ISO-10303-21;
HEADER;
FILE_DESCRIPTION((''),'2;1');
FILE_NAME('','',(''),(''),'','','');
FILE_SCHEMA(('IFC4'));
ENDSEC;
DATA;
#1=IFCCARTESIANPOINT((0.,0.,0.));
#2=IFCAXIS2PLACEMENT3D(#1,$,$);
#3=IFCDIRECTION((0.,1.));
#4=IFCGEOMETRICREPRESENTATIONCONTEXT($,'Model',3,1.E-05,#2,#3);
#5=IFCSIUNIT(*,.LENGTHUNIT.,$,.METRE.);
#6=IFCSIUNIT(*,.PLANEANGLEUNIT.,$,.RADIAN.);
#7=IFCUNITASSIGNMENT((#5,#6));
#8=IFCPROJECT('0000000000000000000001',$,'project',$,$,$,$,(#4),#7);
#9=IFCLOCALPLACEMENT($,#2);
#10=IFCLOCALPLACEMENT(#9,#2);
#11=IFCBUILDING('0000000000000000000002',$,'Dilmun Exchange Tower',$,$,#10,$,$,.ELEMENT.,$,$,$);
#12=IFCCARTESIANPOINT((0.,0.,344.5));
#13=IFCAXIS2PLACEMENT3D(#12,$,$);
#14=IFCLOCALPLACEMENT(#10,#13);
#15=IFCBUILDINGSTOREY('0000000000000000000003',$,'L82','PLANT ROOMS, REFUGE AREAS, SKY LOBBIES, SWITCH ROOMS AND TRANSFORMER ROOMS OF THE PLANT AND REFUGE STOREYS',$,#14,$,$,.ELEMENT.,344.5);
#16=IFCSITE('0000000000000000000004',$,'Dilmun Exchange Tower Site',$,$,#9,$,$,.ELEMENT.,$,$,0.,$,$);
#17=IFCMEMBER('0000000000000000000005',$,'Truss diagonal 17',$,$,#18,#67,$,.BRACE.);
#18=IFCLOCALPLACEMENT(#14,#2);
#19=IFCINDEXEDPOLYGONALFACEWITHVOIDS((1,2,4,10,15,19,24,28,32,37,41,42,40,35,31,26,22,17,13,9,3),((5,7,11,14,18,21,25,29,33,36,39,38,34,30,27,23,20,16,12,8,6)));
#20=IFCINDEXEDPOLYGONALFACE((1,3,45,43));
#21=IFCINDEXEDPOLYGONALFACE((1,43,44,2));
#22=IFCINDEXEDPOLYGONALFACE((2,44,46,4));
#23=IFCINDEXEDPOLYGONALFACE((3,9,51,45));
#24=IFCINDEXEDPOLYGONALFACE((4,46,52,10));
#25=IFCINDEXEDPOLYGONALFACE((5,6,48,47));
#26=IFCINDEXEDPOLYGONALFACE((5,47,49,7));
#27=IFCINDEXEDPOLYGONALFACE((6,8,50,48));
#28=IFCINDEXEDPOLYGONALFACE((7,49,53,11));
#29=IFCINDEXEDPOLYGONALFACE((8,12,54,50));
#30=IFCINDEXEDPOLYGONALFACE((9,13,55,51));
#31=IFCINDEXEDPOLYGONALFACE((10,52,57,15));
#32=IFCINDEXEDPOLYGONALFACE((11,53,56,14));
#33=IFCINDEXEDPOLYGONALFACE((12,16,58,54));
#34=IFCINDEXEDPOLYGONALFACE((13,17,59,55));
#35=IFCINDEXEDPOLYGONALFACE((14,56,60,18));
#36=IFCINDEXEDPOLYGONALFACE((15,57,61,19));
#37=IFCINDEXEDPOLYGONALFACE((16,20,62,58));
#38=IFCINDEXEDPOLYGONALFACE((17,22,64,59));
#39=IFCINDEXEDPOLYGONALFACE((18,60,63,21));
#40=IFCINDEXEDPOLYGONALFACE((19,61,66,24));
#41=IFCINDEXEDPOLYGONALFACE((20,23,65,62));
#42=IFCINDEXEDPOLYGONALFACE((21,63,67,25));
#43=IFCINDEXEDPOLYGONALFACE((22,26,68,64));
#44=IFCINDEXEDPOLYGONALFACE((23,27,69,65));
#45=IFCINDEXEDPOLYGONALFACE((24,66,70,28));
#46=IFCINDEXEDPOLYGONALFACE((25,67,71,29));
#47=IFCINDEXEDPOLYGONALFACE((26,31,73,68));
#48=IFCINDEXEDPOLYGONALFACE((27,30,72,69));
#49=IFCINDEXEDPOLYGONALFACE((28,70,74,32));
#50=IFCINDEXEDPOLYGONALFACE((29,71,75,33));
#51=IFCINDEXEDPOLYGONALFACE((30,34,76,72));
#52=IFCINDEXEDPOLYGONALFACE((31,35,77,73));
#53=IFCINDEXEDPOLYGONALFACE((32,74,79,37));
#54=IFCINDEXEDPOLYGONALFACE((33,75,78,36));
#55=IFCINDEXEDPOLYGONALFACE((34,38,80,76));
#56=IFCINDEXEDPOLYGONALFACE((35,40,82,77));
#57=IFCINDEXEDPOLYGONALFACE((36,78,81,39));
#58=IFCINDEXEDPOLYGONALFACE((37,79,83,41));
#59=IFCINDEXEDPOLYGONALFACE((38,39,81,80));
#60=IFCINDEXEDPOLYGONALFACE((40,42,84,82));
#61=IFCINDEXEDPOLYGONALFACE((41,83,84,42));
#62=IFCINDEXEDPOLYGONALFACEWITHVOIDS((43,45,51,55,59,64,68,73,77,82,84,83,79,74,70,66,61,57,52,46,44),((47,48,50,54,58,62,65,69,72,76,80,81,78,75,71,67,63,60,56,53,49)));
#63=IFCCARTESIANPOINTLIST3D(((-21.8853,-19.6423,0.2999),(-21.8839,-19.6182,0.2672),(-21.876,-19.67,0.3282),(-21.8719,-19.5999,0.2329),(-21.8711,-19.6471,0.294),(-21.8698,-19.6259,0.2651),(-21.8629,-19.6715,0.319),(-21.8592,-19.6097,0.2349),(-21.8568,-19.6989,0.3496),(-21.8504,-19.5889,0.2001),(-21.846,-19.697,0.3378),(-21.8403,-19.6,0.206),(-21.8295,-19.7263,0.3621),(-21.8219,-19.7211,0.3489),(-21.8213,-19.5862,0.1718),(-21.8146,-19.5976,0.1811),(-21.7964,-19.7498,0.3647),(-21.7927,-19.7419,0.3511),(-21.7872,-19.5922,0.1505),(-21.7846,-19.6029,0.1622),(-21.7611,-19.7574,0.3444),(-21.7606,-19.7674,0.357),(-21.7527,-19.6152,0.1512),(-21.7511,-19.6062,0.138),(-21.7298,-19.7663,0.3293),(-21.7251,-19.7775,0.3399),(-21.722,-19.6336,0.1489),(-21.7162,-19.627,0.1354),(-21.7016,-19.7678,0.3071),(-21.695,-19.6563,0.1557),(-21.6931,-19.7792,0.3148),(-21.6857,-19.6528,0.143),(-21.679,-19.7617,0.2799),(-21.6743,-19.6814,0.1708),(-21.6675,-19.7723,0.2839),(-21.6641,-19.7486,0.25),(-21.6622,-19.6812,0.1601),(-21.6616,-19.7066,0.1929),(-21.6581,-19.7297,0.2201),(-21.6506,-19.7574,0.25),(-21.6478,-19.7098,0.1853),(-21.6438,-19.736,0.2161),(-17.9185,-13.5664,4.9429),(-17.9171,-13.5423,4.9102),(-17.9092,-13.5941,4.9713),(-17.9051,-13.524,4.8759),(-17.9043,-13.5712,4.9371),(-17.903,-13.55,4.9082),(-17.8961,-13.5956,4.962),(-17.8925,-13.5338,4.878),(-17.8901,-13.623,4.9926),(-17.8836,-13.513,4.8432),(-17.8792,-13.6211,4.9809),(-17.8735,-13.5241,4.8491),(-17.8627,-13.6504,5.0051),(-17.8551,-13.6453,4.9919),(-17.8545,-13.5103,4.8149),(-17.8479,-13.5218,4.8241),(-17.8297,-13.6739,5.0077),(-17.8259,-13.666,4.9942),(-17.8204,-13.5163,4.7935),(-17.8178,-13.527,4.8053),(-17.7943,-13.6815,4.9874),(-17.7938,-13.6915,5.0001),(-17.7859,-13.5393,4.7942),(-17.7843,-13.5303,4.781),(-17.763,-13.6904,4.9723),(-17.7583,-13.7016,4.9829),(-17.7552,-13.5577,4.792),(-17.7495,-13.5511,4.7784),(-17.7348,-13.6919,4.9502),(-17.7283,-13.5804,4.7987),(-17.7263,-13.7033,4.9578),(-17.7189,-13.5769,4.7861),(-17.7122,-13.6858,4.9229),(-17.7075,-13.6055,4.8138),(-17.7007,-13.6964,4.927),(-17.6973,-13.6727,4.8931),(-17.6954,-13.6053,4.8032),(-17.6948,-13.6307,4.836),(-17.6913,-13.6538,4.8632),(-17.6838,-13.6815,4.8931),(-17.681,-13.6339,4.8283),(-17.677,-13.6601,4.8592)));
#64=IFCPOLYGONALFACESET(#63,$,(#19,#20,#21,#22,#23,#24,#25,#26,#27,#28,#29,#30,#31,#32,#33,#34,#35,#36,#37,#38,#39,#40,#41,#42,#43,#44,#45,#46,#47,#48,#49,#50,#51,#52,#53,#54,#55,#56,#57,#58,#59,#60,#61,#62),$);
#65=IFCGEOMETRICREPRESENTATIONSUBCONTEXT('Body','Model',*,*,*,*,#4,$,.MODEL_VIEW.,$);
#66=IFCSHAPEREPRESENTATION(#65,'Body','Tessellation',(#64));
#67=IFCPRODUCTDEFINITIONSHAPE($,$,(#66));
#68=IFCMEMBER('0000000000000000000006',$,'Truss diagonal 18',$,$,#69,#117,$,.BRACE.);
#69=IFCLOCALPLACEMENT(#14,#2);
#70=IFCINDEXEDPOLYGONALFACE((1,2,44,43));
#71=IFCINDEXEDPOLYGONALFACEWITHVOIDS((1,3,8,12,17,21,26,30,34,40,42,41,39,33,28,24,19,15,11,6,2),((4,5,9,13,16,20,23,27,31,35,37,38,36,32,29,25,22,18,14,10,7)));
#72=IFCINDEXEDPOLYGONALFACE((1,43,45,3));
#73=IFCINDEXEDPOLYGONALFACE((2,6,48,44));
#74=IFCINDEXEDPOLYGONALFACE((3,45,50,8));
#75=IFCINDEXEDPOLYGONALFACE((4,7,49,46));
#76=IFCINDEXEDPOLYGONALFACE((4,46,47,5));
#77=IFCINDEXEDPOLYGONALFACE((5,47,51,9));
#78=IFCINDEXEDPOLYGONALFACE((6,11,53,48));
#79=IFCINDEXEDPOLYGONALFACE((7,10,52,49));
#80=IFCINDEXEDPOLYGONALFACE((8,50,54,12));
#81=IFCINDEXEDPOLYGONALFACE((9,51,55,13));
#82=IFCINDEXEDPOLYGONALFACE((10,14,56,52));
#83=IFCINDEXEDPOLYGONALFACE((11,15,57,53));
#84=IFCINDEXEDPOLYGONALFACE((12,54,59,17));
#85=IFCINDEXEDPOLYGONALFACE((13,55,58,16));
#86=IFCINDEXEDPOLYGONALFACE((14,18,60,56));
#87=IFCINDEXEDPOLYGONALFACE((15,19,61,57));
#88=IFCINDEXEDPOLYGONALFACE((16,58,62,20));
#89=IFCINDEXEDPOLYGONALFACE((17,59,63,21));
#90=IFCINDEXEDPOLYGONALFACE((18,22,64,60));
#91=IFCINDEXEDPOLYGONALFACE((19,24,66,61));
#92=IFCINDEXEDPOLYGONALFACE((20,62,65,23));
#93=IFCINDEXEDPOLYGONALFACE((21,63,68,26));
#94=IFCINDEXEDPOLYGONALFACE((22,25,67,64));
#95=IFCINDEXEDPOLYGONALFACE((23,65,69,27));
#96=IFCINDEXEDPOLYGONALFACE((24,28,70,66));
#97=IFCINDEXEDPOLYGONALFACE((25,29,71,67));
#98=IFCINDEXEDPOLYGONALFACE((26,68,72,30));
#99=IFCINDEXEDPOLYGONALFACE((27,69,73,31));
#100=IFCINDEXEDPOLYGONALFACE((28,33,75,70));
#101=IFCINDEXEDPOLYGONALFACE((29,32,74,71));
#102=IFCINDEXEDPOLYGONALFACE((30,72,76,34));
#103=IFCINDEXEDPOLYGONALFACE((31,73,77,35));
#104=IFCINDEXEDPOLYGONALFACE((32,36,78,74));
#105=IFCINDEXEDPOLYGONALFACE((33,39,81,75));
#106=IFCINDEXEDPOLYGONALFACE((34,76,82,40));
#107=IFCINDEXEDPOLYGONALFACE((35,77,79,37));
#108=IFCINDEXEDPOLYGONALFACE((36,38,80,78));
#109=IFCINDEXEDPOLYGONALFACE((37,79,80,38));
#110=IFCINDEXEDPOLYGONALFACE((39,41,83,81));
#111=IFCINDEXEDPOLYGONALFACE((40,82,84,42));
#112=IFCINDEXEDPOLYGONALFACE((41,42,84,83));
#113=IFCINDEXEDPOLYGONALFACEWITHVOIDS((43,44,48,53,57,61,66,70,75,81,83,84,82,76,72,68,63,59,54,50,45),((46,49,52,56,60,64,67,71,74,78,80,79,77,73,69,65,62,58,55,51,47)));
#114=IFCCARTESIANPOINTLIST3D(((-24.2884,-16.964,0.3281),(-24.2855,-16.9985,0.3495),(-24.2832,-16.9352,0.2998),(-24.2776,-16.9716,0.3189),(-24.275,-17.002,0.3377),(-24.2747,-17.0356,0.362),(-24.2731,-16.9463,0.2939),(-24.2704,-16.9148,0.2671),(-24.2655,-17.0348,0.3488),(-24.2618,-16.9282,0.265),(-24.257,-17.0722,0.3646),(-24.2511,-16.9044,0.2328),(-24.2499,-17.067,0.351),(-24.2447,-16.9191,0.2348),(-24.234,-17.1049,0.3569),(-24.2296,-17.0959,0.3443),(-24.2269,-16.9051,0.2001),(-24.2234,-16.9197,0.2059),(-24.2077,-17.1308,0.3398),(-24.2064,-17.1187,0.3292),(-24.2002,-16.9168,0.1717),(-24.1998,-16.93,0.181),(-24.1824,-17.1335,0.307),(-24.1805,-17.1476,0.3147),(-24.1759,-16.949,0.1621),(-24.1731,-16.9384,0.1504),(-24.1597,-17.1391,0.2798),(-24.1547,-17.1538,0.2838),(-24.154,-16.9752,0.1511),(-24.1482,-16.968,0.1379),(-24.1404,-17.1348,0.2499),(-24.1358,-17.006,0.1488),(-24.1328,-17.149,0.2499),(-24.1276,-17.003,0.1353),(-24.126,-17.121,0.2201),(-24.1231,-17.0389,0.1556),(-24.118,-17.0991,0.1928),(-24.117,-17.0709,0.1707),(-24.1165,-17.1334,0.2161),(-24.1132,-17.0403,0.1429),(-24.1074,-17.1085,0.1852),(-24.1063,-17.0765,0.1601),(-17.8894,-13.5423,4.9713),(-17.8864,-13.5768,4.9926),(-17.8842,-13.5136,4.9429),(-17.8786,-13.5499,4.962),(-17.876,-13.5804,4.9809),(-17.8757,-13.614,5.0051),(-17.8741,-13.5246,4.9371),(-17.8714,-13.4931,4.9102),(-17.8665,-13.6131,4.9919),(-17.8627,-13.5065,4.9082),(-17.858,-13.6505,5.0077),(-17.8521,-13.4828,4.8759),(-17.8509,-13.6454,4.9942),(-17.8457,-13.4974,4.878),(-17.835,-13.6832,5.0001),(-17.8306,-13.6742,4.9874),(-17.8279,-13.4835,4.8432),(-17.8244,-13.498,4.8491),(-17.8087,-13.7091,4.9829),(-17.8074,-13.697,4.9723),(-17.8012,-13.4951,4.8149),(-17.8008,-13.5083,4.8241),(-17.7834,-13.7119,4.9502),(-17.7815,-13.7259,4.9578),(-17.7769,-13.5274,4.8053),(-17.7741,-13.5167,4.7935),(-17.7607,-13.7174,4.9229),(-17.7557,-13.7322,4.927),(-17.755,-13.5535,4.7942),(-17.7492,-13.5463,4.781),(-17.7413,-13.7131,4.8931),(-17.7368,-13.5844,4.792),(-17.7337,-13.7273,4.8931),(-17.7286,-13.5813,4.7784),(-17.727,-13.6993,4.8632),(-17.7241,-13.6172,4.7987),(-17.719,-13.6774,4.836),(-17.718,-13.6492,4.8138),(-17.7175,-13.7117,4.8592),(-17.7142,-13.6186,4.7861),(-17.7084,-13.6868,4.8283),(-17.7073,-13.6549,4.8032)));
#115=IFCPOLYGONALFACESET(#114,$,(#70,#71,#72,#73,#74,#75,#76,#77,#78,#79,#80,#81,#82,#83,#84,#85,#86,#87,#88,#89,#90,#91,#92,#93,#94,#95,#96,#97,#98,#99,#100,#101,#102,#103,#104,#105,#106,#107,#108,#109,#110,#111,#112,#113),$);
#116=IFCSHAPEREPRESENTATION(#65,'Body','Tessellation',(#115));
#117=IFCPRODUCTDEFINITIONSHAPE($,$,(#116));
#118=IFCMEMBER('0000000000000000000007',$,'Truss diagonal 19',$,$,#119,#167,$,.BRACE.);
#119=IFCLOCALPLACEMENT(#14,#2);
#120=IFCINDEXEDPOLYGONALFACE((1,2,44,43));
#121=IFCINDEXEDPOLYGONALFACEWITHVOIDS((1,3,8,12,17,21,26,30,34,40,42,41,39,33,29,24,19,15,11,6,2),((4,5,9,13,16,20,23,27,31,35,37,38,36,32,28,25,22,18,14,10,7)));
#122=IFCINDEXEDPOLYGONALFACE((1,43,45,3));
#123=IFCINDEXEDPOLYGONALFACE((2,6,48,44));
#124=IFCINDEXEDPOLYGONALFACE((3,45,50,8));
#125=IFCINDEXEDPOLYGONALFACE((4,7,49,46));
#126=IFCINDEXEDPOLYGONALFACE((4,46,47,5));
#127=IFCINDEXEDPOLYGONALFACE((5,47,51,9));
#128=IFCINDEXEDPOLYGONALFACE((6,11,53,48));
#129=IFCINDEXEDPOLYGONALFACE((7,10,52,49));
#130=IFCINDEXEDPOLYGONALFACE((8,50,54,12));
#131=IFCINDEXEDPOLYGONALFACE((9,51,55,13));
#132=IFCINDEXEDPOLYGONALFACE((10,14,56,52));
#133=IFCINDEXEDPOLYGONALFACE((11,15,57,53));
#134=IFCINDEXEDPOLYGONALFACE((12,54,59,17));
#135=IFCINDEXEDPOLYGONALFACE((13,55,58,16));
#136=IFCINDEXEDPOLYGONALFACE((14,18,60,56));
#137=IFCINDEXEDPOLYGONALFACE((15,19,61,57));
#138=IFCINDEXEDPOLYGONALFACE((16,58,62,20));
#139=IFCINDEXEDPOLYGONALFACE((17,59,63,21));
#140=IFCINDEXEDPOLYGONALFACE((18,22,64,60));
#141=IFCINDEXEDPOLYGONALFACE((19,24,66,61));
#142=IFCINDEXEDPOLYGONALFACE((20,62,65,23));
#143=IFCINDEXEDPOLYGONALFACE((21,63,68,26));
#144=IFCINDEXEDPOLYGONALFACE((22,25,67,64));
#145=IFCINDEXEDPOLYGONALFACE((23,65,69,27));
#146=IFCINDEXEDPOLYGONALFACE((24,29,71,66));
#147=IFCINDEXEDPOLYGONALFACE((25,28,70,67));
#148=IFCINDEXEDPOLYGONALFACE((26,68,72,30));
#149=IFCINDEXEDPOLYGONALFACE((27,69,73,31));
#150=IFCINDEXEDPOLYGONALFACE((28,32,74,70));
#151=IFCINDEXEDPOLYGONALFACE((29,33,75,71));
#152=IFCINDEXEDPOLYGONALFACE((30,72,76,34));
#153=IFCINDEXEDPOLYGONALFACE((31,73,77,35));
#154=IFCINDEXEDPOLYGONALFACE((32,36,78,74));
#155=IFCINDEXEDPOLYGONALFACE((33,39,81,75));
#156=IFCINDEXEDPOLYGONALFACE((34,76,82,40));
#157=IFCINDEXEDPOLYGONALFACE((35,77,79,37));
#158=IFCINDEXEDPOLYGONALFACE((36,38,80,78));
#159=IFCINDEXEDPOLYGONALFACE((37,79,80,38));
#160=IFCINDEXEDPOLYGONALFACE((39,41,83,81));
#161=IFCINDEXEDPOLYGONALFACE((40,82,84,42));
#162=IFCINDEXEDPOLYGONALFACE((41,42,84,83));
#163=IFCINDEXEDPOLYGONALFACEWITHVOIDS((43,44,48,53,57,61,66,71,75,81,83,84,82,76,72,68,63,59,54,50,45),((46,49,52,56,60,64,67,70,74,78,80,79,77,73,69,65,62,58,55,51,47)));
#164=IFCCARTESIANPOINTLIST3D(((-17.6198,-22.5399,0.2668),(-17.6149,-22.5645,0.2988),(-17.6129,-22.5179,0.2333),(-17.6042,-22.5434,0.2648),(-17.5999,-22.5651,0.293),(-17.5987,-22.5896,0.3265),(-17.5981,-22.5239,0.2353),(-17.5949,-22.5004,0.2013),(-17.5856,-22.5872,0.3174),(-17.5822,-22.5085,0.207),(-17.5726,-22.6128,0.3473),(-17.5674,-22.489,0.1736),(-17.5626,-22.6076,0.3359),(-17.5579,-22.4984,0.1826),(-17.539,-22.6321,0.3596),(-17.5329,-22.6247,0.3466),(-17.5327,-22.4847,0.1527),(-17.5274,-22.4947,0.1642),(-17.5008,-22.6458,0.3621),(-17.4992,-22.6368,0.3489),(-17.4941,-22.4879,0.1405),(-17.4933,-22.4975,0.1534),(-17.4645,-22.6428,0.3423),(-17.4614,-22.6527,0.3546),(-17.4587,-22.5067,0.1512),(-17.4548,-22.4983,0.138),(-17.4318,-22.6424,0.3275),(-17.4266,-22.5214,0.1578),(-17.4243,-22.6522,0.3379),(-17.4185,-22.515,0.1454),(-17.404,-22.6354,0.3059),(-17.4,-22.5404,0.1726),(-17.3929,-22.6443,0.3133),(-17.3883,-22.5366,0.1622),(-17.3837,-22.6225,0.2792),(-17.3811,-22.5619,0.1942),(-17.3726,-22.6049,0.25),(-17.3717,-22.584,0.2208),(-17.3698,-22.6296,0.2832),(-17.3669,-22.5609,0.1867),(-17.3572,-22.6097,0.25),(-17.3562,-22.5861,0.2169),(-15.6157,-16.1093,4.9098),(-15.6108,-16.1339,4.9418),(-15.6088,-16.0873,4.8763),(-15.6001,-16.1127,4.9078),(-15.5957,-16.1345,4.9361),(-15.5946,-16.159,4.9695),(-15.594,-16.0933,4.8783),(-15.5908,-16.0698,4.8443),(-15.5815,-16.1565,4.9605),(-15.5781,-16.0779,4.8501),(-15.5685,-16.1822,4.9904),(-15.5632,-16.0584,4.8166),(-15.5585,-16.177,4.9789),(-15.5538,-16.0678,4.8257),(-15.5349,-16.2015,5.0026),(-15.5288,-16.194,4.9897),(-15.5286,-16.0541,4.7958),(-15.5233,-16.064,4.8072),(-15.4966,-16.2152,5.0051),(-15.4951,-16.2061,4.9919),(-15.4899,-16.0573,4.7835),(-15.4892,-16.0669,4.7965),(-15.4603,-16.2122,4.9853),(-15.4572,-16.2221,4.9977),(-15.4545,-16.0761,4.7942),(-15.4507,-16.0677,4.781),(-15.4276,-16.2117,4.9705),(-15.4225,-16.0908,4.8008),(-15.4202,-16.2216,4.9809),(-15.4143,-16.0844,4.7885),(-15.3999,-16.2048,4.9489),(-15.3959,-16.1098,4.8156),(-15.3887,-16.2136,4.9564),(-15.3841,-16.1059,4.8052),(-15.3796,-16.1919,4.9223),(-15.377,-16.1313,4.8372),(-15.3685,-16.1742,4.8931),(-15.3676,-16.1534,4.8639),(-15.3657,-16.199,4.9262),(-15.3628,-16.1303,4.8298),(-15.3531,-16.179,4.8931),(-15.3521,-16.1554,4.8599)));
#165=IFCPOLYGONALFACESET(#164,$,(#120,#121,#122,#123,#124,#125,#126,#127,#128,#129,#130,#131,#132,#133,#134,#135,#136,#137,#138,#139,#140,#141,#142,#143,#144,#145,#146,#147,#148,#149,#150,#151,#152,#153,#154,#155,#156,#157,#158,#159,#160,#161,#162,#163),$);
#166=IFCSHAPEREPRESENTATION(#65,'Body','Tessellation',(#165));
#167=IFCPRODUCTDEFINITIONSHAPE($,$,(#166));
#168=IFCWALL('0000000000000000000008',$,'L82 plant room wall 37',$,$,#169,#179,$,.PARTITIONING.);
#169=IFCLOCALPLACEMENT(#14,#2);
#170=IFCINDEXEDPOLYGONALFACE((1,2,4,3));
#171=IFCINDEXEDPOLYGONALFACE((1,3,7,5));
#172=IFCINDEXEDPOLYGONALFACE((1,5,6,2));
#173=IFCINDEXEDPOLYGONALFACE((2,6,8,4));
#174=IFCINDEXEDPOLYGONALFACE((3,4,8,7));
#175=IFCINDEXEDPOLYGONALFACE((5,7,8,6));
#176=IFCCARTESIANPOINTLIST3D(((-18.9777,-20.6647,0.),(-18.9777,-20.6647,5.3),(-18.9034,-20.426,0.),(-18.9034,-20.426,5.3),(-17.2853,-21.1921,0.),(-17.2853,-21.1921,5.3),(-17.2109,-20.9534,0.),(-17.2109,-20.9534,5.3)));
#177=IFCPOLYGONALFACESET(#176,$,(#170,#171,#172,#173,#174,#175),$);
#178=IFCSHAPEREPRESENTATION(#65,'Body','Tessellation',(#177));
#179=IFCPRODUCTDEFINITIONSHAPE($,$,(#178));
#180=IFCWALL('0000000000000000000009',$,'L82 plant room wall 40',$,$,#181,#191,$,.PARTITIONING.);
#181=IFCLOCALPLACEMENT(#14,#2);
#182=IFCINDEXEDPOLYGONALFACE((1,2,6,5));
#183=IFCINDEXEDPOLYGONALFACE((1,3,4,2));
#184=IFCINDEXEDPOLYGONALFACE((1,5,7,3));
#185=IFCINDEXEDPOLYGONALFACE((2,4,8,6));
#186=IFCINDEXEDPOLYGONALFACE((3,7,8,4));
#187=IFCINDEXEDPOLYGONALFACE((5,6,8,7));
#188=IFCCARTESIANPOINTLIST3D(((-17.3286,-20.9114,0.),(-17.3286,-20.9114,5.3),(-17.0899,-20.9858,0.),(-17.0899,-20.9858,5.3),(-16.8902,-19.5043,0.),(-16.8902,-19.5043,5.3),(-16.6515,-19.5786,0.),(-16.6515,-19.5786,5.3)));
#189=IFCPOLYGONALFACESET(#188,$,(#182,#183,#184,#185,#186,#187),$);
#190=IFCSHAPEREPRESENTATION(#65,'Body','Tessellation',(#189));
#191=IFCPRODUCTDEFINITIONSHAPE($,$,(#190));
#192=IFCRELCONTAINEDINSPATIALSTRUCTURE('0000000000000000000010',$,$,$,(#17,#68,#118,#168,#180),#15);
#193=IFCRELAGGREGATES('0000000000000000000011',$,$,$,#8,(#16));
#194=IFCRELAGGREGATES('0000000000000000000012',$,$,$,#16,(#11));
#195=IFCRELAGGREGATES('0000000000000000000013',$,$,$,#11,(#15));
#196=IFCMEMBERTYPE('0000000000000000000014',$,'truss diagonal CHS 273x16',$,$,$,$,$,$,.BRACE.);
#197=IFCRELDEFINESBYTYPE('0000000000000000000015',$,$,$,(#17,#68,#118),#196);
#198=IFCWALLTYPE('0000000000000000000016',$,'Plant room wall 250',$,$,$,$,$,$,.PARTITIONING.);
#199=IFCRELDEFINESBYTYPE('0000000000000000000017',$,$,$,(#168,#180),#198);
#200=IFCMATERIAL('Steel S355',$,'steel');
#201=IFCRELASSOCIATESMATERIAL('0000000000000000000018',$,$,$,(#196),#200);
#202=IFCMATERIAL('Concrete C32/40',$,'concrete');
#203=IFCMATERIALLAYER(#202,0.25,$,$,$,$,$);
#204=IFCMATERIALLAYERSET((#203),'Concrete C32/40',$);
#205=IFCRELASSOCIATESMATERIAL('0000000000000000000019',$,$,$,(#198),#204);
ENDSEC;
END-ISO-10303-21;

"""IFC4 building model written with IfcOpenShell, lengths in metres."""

from ifc_helpers import new_model, si_unit, direction, frame, frame_2d, origin, origin_2d, place, context, subcontext, project, spatial, rectangle, hollow_circle, extrude, material, layer, layer_set, material_profile, profile_set, type_object, element, save


model = new_model("IFC4")

# Units and contexts
model_context = context("Model", 3, precision=1e-05, world=origin(), true_north=direction((0.0, 1.0)))
body_context = subcontext(model_context, "Body", "Model", "MODEL_VIEW")
ifc_project = project(units=[si_unit("LENGTHUNIT", "METRE"), si_unit("PLANEANGLEUNIT", "RADIAN")], contexts=[model_context])

# Site, building, storey
site_placement = place(None, origin())
site = spatial("IfcSite", under=ifc_project, at=site_placement, Name="Dilmun Exchange Tower Site", CompositionType="ELEMENT", RefElevation=0.0)
building_placement = place(site_placement, origin())
building = spatial("IfcBuilding", under=site, at=building_placement, Name="Dilmun Exchange Tower", CompositionType="ELEMENT")
storey_placement = place(building_placement, frame((0.0, 0.0, 344.5)))
storey = spatial("IfcBuildingStorey", under=building, at=storey_placement, Name="L82", Description="PLANT ROOMS, REFUGE AREAS, SKY LOBBIES, SWITCH ROOMS AND TRANSFORMER ROOMS OF THE PLANT AND REFUGE STOREYS", CompositionType="ELEMENT", Elevation=344.5)

# Shared definitions
ifc_material_1 = material(Name="Steel S355", Category="steel")

# Members
ifc_material_profile_1 = material_profile(ifc_material_1, hollow_circle(Radius=0.1365, WallThickness=0.0161, at=origin_2d()), Name="CHS 273x16")
ifc_profile_set_1 = profile_set([ifc_material_profile_1], Name="Steel S355")
member_type = type_object("IfcMemberType", Name="truss diagonal CHS 273x16", PredefinedType="BRACE", material=ifc_profile_set_1)
member_1_placement = place(storey_placement, frame((-17.7981, -13.6069, 4.8931), z_axis=(-0.460476, -0.70531, -0.53898), x_axis=(0.837343, -0.546677, 0.0)))
element("IfcMember", 1, at=member_1_placement, inside=storey, type_object=member_type, Name="Truss diagonal 17", PredefinedType="BRACE", context=body_context, shape_type="SweptSolid", body=[
    extrude(hollow_circle(Radius=0.1365, WallThickness=0.0161, at=origin_2d()), origin(), (0.0, 0.0, 1.0), 8.6145),
])
member_2_placement = place(storey_placement, frame((-17.7981, -13.6069, 4.8931), z_axis=(-0.742797, -0.397188, -0.538974), x_axis=(0.47154, -0.881845, 0.0)))
element("IfcMember", 2, at=member_2_placement, inside=storey, type_object=member_type, Name="Truss diagonal 18", PredefinedType="BRACE", context=body_context, shape_type="SweptSolid", body=[
    extrude(hollow_circle(Radius=0.1365, WallThickness=0.0161, at=origin_2d()), origin(), (0.0, 0.0, 1.0), 8.6147),
])
member_3_placement = place(storey_placement, frame((-15.4834, -16.1384, 4.8931), z_axis=(-0.244977, -0.786052, -0.567545), x_axis=(0.954709, -0.29754, 0.0)))
element("IfcMember", 3, at=member_3_placement, inside=storey, type_object=member_type, Name="Truss diagonal 19", PredefinedType="BRACE", context=body_context, shape_type="SweptSolid", body=[
    extrude(hollow_circle(Radius=0.1365, WallThickness=0.0161, at=origin_2d()), origin(), (0.0, 0.0, 1.0), 8.1809),
])

# Walls
ifc_material_2 = material(Name="Concrete C32/40", Category="concrete")
ifc_layer_1 = layer(ifc_material_2, 0.25)
ifc_layer_set_1 = layer_set([ifc_layer_1], Name="Concrete C32/40")
wall_type = type_object("IfcWallType", Name="Plant room wall 250", PredefinedType="PARTITIONING", material=ifc_layer_set_1)
wall_1_placement = place(storey_placement, frame((-18.9404, -20.5454, 0.0), z_axis=(0.0, 0.0, 1.0), x_axis=(0.954725, -0.297491, 0.0)))
element("IfcWall", 4, at=wall_1_placement, inside=storey, type_object=wall_type, Name="L82 plant room wall 37", PredefinedType="PARTITIONING", context=body_context, shape_type="SweptSolid", body=[
    extrude(rectangle(XDim=1.7727, YDim=0.25, at=frame_2d((0.8862, 0.0))), origin(), (0.0, 0.0, 1.0), 5.3),
])
wall_2_placement = place(storey_placement, frame((-17.2092, -20.9485, 0.0), z_axis=(0.0, 0.0, 1.0), x_axis=(0.297483, 0.954727, 0.0)))
element("IfcWall", 5, at=wall_2_placement, inside=storey, type_object=wall_type, Name="L82 plant room wall 40", PredefinedType="PARTITIONING", context=body_context, shape_type="SweptSolid", body=[
    extrude(rectangle(XDim=1.4739, YDim=0.25, at=frame_2d((0.7368, 0.0))), origin(), (0.0, 0.0, 1.0), 5.3),
])

save(model, "model.ifc")
